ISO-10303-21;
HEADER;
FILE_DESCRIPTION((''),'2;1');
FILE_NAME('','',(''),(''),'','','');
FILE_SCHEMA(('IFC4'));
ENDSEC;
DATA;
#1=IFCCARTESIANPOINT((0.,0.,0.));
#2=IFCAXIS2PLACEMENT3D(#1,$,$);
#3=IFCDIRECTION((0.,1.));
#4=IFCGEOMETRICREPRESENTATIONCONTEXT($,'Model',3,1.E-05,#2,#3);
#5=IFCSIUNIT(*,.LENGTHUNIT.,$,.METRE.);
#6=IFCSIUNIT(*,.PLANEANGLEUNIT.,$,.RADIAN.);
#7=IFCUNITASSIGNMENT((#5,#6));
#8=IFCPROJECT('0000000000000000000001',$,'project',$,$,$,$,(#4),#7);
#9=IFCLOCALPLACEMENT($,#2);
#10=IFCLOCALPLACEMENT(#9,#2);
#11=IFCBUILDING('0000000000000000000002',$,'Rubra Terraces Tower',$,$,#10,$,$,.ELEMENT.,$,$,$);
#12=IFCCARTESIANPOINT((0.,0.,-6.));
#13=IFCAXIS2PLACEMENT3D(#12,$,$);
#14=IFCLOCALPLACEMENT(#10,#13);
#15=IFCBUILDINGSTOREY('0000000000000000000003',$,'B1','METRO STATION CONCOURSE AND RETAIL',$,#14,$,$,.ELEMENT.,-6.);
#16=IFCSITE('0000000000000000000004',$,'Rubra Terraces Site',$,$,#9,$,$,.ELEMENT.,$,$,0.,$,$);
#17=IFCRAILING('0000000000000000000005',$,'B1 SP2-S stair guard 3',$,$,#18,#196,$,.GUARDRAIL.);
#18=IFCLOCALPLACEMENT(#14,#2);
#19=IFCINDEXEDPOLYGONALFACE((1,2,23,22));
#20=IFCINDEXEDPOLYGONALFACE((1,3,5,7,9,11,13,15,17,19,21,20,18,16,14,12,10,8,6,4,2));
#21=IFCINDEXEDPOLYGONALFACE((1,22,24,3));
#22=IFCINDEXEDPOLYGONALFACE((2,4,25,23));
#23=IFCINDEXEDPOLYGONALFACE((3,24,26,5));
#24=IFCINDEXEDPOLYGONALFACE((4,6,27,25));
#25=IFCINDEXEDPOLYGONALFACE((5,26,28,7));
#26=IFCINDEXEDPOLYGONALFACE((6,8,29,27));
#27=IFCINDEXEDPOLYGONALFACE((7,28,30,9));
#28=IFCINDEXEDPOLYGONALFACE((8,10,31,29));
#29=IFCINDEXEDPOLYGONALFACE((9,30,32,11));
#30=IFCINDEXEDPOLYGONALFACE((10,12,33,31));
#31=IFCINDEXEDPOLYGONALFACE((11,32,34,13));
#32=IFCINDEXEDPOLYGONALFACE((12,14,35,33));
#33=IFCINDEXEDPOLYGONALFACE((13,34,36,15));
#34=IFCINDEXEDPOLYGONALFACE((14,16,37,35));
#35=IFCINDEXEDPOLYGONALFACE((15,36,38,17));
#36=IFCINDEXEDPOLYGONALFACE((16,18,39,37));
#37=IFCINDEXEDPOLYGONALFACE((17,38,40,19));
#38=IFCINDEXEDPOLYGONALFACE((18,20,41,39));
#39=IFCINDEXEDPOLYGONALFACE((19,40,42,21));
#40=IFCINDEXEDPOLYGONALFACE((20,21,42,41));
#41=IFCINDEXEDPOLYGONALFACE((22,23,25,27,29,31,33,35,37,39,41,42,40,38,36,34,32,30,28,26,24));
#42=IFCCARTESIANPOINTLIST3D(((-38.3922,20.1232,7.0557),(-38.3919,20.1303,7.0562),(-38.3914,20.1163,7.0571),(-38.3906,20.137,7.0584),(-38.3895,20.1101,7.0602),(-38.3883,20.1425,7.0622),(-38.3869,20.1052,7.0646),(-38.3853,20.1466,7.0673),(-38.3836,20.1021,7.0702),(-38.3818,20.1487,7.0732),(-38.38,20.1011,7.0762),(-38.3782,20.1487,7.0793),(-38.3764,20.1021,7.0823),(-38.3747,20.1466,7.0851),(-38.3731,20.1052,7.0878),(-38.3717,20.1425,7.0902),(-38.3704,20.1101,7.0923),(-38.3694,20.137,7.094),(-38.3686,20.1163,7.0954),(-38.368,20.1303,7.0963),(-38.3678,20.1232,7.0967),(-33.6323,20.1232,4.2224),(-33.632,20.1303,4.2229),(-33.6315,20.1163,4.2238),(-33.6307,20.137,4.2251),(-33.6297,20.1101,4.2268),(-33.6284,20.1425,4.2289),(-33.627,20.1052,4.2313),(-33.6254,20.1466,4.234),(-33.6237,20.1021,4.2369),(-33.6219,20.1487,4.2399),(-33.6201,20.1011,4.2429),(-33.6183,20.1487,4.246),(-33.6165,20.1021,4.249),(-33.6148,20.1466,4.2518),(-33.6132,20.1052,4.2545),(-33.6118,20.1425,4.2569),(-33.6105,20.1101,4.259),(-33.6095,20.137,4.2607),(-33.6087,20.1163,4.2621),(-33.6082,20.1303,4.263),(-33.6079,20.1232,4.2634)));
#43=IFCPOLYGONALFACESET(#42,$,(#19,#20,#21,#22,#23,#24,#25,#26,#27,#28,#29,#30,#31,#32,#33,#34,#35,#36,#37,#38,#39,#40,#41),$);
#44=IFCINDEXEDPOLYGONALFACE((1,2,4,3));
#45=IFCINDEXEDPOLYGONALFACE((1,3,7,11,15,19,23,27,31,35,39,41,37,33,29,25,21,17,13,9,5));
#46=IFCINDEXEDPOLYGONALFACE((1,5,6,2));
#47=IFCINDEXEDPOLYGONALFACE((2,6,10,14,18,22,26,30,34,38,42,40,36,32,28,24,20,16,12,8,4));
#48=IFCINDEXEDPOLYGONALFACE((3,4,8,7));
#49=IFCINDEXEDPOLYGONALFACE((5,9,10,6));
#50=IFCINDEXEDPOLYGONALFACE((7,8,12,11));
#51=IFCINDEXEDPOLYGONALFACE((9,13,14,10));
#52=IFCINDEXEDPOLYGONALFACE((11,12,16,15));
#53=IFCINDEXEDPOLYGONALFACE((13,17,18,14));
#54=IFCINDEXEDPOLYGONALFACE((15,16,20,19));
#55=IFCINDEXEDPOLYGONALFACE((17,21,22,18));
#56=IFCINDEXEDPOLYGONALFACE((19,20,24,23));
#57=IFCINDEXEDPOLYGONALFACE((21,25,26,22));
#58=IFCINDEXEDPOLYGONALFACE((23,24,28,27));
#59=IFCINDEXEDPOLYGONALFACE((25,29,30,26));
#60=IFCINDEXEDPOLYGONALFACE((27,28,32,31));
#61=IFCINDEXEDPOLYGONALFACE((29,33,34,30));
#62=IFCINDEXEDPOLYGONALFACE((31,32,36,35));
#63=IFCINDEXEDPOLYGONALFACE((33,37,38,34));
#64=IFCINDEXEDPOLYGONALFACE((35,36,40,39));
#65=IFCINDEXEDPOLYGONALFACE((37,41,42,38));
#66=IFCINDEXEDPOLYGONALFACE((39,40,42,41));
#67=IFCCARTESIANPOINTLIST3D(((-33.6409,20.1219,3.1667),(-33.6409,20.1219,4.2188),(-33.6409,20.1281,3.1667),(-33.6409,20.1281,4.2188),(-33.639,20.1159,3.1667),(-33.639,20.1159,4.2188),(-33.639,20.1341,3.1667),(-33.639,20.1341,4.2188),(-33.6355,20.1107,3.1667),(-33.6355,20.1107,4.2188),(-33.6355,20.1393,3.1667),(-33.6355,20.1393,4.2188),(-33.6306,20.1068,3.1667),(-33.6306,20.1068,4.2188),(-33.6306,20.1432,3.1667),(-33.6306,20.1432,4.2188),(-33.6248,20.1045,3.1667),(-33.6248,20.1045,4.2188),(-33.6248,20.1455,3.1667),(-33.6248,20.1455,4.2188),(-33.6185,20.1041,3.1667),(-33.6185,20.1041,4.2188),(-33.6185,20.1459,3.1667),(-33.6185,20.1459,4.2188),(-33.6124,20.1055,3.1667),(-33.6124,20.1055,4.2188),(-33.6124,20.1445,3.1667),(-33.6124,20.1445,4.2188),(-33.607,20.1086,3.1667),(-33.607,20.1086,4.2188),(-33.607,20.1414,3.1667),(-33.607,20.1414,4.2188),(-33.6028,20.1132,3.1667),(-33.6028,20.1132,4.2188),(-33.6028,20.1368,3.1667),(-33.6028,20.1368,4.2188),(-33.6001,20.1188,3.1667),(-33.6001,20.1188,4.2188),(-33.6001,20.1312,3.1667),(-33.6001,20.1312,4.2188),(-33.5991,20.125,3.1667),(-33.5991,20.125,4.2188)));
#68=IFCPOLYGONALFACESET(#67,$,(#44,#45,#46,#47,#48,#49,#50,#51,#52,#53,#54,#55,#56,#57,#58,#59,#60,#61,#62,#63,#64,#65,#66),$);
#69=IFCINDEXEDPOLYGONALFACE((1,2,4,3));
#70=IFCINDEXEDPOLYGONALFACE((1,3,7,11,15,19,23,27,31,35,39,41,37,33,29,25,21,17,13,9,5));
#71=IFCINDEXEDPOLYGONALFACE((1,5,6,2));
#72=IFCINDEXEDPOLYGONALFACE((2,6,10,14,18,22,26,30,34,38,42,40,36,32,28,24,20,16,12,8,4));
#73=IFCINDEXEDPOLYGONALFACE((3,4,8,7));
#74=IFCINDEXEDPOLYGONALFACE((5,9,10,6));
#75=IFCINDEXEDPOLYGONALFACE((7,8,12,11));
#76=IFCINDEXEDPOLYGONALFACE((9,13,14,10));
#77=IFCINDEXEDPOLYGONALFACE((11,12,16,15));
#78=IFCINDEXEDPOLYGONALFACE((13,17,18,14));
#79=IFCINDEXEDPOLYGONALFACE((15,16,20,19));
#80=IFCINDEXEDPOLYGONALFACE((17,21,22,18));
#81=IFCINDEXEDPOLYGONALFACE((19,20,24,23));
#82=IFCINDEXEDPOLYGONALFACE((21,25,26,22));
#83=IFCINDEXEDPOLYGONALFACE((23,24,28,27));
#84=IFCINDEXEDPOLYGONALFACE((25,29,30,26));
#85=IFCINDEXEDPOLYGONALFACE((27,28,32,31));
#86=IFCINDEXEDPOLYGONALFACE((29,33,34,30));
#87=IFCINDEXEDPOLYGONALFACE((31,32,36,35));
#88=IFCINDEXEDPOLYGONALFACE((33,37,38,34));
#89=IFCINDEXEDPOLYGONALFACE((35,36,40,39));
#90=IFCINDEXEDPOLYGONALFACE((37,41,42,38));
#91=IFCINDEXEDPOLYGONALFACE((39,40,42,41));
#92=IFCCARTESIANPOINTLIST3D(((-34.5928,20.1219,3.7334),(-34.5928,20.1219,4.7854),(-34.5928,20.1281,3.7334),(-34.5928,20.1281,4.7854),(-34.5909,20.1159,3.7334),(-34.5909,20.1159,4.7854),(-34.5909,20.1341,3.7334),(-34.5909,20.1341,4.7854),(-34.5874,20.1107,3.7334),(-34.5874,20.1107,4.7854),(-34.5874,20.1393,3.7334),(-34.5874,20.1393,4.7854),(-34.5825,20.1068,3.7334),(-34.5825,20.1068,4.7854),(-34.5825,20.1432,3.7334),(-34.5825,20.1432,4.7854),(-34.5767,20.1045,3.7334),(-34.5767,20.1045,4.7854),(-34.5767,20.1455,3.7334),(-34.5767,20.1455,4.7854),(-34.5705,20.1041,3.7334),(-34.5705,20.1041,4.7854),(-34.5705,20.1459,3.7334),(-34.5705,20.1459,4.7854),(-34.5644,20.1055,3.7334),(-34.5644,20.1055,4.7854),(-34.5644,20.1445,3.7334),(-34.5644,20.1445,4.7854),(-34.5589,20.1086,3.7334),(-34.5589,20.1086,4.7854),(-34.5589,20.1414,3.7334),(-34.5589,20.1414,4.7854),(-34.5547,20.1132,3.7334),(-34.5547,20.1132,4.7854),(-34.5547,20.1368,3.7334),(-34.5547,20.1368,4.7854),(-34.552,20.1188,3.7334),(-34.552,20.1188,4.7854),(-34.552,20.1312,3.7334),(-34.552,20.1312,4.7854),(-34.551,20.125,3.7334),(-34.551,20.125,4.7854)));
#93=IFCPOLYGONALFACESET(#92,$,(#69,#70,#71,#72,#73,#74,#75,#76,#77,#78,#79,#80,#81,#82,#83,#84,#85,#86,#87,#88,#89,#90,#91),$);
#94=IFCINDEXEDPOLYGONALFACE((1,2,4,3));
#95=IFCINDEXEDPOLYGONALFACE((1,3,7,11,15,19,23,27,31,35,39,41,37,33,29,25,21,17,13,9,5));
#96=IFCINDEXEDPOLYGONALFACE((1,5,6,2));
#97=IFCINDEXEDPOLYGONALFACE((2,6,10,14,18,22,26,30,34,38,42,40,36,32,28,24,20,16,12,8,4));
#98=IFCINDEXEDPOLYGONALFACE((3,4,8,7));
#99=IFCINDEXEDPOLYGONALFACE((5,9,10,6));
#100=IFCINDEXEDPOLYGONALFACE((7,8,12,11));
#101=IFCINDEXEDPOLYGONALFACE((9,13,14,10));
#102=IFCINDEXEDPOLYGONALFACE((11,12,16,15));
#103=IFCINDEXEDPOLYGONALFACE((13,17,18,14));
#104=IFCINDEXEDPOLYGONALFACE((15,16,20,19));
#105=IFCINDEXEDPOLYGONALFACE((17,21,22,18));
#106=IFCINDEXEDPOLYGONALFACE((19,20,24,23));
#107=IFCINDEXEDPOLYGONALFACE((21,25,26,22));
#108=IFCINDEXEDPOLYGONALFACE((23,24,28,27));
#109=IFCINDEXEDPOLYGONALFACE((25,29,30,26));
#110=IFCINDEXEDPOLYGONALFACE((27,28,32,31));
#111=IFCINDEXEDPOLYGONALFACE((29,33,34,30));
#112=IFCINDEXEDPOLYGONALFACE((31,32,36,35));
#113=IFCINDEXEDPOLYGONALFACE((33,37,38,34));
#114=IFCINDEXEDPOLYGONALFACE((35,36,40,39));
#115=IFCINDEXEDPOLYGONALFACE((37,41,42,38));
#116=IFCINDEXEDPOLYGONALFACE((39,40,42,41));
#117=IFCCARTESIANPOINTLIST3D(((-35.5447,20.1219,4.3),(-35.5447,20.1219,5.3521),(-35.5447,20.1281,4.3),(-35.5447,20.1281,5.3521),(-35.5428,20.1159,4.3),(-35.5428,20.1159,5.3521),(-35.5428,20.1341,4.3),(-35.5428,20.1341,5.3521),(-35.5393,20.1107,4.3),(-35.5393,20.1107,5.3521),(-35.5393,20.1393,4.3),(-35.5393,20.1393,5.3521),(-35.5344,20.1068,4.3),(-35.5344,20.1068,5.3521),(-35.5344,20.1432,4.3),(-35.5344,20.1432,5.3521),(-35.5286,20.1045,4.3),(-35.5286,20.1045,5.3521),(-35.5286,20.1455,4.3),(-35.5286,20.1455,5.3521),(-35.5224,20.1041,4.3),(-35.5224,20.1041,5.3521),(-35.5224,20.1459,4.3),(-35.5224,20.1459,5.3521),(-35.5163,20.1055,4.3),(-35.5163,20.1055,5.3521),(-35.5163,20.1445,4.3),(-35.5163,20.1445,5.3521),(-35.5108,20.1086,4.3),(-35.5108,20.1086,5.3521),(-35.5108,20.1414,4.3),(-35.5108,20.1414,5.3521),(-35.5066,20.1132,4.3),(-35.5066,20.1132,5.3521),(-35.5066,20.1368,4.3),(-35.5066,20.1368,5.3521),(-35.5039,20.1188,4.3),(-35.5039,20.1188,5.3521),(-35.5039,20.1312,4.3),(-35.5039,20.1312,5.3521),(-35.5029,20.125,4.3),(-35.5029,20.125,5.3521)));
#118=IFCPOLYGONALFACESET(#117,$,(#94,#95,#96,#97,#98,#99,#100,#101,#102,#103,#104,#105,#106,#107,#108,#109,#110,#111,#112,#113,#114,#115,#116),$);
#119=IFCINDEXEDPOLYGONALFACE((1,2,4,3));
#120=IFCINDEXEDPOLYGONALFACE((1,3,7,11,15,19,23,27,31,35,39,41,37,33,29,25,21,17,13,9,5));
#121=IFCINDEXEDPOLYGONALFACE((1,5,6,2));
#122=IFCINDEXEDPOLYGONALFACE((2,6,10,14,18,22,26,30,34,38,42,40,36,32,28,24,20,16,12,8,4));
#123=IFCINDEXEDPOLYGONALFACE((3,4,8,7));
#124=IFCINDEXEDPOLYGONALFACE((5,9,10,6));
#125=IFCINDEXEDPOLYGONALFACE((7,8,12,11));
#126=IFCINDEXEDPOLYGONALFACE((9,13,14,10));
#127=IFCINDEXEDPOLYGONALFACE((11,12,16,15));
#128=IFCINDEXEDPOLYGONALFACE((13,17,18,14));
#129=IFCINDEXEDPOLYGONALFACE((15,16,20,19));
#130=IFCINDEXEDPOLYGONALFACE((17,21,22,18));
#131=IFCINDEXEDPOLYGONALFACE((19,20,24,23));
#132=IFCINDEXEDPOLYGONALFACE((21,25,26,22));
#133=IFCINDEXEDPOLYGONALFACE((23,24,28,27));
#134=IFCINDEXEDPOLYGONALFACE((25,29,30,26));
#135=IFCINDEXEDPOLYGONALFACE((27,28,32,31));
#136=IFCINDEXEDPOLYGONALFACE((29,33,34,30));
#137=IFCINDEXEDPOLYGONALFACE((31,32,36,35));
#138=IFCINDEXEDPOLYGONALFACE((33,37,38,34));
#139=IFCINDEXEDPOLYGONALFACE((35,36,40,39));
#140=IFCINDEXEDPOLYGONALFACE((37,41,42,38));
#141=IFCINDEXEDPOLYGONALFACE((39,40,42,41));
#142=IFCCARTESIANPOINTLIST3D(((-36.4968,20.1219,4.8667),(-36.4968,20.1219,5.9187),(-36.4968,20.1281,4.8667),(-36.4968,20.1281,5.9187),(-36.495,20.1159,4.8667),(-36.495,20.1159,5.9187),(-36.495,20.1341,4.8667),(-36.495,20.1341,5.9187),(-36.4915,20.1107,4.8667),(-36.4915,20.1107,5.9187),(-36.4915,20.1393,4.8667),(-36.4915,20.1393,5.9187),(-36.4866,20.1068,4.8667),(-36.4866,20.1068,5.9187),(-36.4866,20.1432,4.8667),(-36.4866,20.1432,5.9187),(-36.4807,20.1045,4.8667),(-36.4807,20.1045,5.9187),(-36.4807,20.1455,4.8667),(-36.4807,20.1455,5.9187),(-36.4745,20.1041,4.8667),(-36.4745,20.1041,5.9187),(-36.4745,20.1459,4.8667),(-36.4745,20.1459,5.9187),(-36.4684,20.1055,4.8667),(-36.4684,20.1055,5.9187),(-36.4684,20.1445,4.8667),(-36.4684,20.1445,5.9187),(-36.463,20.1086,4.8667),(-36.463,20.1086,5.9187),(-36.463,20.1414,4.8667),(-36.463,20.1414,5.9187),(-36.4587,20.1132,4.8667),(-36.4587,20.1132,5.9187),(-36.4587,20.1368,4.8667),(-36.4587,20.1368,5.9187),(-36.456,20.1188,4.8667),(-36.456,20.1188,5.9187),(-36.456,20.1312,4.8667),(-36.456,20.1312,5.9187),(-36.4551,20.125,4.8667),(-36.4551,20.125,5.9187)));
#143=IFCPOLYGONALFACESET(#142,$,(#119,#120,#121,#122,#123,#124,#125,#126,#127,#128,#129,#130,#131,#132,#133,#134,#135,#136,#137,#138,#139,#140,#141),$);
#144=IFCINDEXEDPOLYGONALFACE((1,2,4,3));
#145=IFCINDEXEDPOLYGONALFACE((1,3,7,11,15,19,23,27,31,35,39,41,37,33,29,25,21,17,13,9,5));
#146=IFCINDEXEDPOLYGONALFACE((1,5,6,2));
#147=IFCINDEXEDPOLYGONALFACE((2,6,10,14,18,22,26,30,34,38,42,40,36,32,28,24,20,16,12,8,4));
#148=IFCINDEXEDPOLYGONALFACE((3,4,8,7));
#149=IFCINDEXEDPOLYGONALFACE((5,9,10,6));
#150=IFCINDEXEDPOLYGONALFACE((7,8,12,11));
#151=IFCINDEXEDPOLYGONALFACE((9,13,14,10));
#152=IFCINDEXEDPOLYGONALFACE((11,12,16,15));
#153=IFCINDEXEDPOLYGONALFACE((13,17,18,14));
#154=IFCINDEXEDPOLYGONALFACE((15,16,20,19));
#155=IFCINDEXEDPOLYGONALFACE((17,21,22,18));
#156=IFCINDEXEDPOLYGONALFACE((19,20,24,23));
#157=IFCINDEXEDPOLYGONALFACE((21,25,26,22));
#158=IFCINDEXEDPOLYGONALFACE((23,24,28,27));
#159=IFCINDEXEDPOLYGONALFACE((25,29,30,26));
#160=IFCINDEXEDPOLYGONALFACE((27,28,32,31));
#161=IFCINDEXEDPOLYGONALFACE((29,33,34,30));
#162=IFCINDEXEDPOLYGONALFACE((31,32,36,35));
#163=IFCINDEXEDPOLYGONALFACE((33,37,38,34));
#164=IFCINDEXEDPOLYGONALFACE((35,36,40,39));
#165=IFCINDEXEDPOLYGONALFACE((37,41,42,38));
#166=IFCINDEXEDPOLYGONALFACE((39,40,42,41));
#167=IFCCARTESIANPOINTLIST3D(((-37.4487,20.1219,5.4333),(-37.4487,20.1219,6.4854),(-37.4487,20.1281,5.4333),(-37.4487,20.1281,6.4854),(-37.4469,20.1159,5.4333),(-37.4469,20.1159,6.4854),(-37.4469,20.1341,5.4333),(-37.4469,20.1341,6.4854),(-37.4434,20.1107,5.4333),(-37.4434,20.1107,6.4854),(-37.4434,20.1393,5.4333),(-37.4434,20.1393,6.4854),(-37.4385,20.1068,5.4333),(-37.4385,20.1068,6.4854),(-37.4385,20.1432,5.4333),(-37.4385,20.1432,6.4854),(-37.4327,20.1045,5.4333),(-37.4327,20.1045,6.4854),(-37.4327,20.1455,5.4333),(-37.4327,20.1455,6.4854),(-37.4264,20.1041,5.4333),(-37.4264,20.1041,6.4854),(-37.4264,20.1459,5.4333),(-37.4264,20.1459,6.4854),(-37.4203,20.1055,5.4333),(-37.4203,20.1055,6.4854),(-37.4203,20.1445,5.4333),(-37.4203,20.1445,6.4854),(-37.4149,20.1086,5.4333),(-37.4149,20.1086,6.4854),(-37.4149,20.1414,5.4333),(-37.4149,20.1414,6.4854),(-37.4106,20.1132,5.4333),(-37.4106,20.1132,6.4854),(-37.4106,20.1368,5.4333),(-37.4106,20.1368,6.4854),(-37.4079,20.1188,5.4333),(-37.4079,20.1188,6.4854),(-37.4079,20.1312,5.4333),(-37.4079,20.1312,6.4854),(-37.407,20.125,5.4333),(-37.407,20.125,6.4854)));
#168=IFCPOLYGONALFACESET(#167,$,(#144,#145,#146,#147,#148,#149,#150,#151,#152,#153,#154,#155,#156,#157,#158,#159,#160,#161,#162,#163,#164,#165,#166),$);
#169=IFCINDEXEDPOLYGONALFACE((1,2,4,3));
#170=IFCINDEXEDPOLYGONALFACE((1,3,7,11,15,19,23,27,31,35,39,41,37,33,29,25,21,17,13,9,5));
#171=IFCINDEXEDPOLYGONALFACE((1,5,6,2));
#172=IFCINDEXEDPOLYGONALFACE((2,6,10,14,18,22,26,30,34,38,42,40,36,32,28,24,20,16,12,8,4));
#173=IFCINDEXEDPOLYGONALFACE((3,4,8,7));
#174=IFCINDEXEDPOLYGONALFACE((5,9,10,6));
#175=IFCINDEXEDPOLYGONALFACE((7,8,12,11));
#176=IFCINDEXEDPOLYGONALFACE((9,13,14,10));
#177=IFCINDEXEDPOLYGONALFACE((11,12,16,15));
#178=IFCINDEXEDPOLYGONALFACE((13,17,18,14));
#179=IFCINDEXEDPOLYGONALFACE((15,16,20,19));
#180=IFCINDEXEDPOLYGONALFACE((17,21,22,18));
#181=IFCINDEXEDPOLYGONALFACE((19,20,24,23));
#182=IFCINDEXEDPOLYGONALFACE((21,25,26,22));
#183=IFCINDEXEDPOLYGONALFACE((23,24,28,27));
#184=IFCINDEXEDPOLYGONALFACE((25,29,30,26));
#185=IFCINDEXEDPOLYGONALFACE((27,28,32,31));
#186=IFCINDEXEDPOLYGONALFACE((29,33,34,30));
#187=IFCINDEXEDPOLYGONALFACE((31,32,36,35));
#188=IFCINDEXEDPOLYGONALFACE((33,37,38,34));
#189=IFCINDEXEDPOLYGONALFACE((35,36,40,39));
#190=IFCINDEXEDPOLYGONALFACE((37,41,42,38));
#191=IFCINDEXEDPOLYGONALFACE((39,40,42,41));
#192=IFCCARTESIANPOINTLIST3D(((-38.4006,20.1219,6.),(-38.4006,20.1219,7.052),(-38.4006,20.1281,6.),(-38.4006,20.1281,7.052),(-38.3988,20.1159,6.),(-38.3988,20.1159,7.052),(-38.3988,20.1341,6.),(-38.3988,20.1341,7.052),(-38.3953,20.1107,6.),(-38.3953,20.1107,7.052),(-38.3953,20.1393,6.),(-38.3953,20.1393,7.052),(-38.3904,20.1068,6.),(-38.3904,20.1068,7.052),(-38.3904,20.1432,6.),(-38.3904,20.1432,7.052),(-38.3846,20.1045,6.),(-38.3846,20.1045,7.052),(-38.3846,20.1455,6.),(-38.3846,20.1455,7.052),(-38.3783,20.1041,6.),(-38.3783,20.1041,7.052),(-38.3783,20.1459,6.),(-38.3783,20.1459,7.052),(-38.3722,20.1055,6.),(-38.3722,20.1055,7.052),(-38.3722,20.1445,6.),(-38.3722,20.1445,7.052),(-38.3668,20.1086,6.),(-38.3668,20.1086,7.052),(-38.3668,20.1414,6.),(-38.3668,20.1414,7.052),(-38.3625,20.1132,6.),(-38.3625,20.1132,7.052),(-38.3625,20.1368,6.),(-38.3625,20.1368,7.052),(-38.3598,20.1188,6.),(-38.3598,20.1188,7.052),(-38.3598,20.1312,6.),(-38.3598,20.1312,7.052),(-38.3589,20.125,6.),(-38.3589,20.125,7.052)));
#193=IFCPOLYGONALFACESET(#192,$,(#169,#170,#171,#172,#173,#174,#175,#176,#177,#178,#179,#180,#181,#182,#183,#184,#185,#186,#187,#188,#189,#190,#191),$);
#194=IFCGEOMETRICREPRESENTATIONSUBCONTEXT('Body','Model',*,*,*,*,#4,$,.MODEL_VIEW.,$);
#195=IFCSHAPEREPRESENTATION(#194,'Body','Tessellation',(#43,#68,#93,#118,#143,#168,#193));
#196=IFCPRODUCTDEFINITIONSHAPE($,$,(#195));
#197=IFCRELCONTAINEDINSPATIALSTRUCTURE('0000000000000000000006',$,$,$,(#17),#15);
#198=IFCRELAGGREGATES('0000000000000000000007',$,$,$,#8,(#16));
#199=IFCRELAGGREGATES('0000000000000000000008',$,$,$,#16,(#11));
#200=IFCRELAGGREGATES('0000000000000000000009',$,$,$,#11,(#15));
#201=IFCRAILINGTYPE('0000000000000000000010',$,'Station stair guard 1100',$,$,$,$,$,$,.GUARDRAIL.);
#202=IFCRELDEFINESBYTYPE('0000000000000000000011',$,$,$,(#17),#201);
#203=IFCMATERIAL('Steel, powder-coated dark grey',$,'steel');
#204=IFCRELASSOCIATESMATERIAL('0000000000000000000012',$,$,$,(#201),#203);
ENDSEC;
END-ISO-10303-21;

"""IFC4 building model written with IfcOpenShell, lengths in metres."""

from ifc_helpers import new_model, si_unit, direction, frame, origin, origin_2d, place, context, subcontext, project, spatial, circle, extrude, material, type_object, element, save


model = new_model("IFC4")

# Units and contexts
model_context = context("Model", 3, precision=1e-05, world=origin(), true_north=direction((0.0, 1.0)))
body_context = subcontext(model_context, "Body", "Model", "MODEL_VIEW")
ifc_project = project(units=[si_unit("LENGTHUNIT", "METRE"), si_unit("PLANEANGLEUNIT", "RADIAN")], contexts=[model_context])

# Site, building, storey
site_placement = place(None, origin())
site = spatial("IfcSite", under=ifc_project, at=site_placement, Name="Rubra Terraces Site", CompositionType="ELEMENT", RefElevation=0.0)
building_placement = place(site_placement, origin())
building = spatial("IfcBuilding", under=site, at=building_placement, Name="Rubra Terraces Tower", CompositionType="ELEMENT")
storey_placement = place(building_placement, frame((0.0, 0.0, -6.0)))
storey = spatial("IfcBuildingStorey", under=building, at=storey_placement, Name="B1", Description="METRO STATION CONCOURSE AND RETAIL", CompositionType="ELEMENT", Elevation=-6.0)

# Railing
ifc_material_1 = material(Name="Steel, powder-coated dark grey", Category="steel")
railing_type_1 = type_object("IfcRailingType", Name="Station stair guard 1100", PredefinedType="GUARDRAIL", material=ifc_material_1)
railing_1_placement = place(storey_placement, frame((-33.6201, 20.125, 3.1667)))
element("IfcRailing", 1, at=railing_1_placement, inside=storey, type_object=railing_type_1, Name="B1 SP2-S stair guard 3", PredefinedType="GUARDRAIL", context=body_context, shape_type="SweptSolid", body=[
    extrude(circle(Radius=0.0239, at=origin_2d()), frame((0.0, 0.0, 1.0762), z_axis=(-0.859288, 0.0, 0.511492), x_axis=(0.0, -1.0, 0.0)), (0.0, 0.0, 1.0), 5.5393),
    extrude(circle(Radius=0.021, at=origin_2d()), origin(), (0.0, 0.0, 1.0), 1.052),
    extrude(circle(Radius=0.021, at=origin_2d()), frame((-0.9519, 0.0, 0.5667)), (0.0, 0.0, 1.0), 1.052),
    extrude(circle(Radius=0.021, at=origin_2d()), frame((-1.9038, 0.0, 1.1333)), (0.0, 0.0, 1.0), 1.052),
    extrude(circle(Radius=0.021, at=origin_2d()), frame((-2.856, 0.0, 1.7)), (0.0, 0.0, 1.0), 1.052),
    extrude(circle(Radius=0.021, at=origin_2d()), frame((-3.8079, 0.0, 2.2666)), (0.0, 0.0, 1.0), 1.052),
    extrude(circle(Radius=0.021, at=origin_2d()), frame((-4.7598, 0.0, 2.8333)), (0.0, 0.0, 1.0), 1.052),
])

save(model, "model.ifc")
